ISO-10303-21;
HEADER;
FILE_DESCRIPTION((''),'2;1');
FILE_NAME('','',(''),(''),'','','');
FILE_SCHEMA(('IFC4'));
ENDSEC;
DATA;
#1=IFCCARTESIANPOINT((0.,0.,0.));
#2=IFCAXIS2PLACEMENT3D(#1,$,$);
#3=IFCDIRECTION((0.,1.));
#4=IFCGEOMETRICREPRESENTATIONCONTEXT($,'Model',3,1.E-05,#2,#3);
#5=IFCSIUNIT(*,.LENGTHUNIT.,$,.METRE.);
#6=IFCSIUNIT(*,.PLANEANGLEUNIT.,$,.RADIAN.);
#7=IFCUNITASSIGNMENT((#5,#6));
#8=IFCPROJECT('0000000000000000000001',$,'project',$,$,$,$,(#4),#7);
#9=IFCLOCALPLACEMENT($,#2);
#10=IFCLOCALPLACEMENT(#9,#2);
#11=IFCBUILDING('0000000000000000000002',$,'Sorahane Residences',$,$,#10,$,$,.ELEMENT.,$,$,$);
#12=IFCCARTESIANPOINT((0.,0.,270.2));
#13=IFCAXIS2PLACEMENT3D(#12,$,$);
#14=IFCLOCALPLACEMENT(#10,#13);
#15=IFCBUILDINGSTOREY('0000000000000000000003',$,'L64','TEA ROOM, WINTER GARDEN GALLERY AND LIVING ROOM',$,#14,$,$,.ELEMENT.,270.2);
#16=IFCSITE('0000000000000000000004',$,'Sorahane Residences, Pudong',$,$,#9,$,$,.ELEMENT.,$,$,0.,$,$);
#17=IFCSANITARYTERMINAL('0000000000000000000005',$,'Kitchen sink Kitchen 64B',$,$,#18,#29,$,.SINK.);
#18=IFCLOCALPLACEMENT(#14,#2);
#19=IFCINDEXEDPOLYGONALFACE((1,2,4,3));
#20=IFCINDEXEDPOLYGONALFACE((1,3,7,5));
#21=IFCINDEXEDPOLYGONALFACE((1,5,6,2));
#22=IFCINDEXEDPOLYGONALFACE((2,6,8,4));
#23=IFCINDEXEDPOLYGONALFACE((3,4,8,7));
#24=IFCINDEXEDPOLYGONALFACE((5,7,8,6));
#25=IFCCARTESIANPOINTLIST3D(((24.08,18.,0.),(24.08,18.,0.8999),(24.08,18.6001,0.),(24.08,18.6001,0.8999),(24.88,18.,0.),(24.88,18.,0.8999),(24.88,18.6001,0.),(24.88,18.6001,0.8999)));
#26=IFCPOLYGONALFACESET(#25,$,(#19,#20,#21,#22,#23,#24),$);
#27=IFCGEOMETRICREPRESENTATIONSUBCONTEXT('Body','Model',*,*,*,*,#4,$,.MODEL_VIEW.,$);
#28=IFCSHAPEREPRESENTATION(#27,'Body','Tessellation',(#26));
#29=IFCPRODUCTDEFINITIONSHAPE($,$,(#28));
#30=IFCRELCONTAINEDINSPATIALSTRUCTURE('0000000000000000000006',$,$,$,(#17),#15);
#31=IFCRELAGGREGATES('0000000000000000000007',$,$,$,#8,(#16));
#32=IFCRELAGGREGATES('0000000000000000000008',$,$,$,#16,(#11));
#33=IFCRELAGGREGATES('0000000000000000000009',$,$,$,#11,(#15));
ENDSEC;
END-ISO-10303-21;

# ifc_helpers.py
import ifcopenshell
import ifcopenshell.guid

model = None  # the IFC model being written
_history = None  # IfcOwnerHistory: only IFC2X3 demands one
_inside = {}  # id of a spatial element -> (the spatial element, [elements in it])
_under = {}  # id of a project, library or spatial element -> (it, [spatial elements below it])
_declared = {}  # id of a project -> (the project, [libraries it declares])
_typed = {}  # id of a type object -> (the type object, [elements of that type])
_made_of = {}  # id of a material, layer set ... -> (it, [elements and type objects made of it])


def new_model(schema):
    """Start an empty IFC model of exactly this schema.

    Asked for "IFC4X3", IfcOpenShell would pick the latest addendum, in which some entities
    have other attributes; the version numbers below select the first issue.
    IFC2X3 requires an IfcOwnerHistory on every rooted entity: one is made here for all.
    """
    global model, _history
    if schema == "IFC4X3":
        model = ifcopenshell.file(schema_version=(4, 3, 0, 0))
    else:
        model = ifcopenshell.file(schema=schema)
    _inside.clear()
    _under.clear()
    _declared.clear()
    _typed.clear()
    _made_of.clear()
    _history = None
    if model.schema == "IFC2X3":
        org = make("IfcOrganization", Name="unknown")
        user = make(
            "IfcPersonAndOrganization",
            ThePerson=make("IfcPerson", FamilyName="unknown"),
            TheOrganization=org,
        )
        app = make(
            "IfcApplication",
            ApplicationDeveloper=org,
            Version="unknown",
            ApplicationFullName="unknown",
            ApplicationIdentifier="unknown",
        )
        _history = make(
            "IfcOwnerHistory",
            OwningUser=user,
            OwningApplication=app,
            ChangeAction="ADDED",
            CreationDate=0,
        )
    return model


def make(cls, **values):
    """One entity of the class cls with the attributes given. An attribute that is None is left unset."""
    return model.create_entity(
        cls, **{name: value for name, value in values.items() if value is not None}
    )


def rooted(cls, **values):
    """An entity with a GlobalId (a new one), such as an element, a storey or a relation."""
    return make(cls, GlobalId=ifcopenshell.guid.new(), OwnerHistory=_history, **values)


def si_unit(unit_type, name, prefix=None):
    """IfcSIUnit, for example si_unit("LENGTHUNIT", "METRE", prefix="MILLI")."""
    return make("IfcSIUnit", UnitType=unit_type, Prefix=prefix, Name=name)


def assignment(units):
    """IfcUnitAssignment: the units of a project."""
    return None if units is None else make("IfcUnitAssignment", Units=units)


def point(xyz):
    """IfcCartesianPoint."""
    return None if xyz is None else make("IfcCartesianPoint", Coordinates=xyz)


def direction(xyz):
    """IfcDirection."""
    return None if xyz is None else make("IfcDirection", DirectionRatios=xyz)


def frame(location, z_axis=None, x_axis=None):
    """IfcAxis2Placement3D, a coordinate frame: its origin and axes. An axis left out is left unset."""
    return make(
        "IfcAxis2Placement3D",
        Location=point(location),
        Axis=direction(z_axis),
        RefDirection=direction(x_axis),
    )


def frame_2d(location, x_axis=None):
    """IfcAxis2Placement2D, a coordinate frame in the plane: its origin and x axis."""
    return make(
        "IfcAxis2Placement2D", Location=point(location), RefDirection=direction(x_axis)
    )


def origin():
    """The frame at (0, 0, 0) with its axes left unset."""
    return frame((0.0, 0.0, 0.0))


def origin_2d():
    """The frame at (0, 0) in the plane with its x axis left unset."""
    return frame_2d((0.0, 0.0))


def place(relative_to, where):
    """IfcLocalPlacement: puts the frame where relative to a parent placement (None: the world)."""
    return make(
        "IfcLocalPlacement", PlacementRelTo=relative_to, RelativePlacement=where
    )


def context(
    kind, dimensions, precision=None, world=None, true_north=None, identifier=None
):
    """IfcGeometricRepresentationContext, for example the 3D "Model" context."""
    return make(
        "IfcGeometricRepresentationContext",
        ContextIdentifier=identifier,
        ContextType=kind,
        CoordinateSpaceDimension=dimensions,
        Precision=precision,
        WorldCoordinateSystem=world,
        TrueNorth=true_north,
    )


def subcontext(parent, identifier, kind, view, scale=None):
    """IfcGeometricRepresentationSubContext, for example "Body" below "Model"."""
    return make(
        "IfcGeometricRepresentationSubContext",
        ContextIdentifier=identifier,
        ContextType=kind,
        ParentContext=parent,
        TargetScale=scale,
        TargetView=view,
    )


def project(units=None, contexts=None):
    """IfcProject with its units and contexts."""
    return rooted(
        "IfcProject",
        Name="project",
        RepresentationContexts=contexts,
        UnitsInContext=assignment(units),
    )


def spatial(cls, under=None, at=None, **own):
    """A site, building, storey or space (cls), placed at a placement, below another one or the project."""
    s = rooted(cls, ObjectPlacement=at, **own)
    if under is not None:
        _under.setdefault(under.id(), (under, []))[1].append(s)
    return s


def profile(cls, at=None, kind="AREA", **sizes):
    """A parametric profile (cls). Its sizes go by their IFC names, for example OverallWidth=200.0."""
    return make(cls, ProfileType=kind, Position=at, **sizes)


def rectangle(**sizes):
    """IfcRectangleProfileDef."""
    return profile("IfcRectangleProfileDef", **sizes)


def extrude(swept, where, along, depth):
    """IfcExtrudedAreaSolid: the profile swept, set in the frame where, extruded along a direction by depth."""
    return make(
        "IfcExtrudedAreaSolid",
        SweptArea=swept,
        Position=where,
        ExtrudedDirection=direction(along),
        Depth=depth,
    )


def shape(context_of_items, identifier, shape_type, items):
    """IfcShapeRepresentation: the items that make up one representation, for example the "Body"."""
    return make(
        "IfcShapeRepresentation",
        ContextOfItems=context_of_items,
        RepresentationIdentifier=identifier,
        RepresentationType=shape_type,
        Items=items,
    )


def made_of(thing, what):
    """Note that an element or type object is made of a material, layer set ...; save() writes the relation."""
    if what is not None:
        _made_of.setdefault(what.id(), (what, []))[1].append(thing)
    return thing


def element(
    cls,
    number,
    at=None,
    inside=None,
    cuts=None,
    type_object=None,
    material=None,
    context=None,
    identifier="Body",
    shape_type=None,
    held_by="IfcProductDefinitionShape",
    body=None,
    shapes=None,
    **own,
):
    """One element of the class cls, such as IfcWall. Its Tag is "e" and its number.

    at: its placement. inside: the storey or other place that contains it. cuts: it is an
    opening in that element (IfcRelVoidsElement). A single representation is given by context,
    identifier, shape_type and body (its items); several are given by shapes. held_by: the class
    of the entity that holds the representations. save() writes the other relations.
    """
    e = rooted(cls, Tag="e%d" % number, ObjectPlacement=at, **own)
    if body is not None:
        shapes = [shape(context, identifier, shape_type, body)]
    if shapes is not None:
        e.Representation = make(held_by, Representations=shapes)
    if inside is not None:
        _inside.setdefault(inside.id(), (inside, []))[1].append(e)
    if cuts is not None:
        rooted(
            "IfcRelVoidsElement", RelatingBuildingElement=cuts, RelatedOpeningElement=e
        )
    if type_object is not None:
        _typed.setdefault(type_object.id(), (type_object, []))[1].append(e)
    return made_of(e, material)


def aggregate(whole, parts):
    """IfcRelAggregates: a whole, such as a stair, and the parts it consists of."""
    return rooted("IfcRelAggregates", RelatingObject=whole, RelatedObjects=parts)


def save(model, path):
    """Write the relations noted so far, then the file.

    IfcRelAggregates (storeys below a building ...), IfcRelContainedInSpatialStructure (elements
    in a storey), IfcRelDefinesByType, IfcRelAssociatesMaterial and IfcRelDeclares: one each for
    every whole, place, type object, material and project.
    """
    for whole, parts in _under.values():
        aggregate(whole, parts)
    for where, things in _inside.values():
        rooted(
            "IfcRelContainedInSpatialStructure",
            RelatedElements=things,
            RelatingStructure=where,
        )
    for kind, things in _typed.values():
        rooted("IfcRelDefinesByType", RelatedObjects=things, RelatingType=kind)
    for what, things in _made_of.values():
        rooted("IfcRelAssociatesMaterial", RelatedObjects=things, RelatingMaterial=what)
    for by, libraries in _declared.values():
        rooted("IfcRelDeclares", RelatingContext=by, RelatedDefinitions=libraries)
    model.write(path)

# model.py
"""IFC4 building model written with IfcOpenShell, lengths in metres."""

from ifc_helpers import new_model, si_unit, direction, frame, origin, origin_2d, place, context, subcontext, project, spatial, rectangle, extrude, element, save


model = new_model("IFC4")

# Units and contexts
model_context = context("Model", 3, precision=1e-05, world=origin(), true_north=direction((0.0, 1.0)))
body_context = subcontext(model_context, "Body", "Model", "MODEL_VIEW")
ifc_project = project(units=[si_unit("LENGTHUNIT", "METRE"), si_unit("PLANEANGLEUNIT", "RADIAN")], contexts=[model_context])

# Site, building, storey
site_placement = place(None, origin())
site = spatial("IfcSite", under=ifc_project, at=site_placement, Name="Sorahane Residences, Pudong", CompositionType="ELEMENT", RefElevation=0.0)
building_placement = place(site_placement, origin())
building = spatial("IfcBuilding", under=site, at=building_placement, Name="Sorahane Residences", CompositionType="ELEMENT")
storey_placement = place(building_placement, frame((0.0, 0.0, 270.2)))
storey = spatial("IfcBuildingStorey", under=building, at=storey_placement, Name="L64", Description="TEA ROOM, WINTER GARDEN GALLERY AND LIVING ROOM", CompositionType="ELEMENT", Elevation=270.2)

# Sanitary terminal
sanitary_terminal_1_placement = place(storey_placement, frame((24.48, 18.3, 0.0), z_axis=(0.0, 0.0, 1.0), x_axis=(1.0, 0.0, 0.0)))
element("IfcSanitaryTerminal", 1, at=sanitary_terminal_1_placement, inside=storey, Name="Kitchen sink Kitchen 64B", PredefinedType="SINK", context=body_context, shape_type="SweptSolid", body=[
    extrude(rectangle(XDim=0.8, YDim=0.6001, at=origin_2d()), origin(), (0.0, 0.0, 1.0), 0.8999),
])

save(model, "model.ifc")
